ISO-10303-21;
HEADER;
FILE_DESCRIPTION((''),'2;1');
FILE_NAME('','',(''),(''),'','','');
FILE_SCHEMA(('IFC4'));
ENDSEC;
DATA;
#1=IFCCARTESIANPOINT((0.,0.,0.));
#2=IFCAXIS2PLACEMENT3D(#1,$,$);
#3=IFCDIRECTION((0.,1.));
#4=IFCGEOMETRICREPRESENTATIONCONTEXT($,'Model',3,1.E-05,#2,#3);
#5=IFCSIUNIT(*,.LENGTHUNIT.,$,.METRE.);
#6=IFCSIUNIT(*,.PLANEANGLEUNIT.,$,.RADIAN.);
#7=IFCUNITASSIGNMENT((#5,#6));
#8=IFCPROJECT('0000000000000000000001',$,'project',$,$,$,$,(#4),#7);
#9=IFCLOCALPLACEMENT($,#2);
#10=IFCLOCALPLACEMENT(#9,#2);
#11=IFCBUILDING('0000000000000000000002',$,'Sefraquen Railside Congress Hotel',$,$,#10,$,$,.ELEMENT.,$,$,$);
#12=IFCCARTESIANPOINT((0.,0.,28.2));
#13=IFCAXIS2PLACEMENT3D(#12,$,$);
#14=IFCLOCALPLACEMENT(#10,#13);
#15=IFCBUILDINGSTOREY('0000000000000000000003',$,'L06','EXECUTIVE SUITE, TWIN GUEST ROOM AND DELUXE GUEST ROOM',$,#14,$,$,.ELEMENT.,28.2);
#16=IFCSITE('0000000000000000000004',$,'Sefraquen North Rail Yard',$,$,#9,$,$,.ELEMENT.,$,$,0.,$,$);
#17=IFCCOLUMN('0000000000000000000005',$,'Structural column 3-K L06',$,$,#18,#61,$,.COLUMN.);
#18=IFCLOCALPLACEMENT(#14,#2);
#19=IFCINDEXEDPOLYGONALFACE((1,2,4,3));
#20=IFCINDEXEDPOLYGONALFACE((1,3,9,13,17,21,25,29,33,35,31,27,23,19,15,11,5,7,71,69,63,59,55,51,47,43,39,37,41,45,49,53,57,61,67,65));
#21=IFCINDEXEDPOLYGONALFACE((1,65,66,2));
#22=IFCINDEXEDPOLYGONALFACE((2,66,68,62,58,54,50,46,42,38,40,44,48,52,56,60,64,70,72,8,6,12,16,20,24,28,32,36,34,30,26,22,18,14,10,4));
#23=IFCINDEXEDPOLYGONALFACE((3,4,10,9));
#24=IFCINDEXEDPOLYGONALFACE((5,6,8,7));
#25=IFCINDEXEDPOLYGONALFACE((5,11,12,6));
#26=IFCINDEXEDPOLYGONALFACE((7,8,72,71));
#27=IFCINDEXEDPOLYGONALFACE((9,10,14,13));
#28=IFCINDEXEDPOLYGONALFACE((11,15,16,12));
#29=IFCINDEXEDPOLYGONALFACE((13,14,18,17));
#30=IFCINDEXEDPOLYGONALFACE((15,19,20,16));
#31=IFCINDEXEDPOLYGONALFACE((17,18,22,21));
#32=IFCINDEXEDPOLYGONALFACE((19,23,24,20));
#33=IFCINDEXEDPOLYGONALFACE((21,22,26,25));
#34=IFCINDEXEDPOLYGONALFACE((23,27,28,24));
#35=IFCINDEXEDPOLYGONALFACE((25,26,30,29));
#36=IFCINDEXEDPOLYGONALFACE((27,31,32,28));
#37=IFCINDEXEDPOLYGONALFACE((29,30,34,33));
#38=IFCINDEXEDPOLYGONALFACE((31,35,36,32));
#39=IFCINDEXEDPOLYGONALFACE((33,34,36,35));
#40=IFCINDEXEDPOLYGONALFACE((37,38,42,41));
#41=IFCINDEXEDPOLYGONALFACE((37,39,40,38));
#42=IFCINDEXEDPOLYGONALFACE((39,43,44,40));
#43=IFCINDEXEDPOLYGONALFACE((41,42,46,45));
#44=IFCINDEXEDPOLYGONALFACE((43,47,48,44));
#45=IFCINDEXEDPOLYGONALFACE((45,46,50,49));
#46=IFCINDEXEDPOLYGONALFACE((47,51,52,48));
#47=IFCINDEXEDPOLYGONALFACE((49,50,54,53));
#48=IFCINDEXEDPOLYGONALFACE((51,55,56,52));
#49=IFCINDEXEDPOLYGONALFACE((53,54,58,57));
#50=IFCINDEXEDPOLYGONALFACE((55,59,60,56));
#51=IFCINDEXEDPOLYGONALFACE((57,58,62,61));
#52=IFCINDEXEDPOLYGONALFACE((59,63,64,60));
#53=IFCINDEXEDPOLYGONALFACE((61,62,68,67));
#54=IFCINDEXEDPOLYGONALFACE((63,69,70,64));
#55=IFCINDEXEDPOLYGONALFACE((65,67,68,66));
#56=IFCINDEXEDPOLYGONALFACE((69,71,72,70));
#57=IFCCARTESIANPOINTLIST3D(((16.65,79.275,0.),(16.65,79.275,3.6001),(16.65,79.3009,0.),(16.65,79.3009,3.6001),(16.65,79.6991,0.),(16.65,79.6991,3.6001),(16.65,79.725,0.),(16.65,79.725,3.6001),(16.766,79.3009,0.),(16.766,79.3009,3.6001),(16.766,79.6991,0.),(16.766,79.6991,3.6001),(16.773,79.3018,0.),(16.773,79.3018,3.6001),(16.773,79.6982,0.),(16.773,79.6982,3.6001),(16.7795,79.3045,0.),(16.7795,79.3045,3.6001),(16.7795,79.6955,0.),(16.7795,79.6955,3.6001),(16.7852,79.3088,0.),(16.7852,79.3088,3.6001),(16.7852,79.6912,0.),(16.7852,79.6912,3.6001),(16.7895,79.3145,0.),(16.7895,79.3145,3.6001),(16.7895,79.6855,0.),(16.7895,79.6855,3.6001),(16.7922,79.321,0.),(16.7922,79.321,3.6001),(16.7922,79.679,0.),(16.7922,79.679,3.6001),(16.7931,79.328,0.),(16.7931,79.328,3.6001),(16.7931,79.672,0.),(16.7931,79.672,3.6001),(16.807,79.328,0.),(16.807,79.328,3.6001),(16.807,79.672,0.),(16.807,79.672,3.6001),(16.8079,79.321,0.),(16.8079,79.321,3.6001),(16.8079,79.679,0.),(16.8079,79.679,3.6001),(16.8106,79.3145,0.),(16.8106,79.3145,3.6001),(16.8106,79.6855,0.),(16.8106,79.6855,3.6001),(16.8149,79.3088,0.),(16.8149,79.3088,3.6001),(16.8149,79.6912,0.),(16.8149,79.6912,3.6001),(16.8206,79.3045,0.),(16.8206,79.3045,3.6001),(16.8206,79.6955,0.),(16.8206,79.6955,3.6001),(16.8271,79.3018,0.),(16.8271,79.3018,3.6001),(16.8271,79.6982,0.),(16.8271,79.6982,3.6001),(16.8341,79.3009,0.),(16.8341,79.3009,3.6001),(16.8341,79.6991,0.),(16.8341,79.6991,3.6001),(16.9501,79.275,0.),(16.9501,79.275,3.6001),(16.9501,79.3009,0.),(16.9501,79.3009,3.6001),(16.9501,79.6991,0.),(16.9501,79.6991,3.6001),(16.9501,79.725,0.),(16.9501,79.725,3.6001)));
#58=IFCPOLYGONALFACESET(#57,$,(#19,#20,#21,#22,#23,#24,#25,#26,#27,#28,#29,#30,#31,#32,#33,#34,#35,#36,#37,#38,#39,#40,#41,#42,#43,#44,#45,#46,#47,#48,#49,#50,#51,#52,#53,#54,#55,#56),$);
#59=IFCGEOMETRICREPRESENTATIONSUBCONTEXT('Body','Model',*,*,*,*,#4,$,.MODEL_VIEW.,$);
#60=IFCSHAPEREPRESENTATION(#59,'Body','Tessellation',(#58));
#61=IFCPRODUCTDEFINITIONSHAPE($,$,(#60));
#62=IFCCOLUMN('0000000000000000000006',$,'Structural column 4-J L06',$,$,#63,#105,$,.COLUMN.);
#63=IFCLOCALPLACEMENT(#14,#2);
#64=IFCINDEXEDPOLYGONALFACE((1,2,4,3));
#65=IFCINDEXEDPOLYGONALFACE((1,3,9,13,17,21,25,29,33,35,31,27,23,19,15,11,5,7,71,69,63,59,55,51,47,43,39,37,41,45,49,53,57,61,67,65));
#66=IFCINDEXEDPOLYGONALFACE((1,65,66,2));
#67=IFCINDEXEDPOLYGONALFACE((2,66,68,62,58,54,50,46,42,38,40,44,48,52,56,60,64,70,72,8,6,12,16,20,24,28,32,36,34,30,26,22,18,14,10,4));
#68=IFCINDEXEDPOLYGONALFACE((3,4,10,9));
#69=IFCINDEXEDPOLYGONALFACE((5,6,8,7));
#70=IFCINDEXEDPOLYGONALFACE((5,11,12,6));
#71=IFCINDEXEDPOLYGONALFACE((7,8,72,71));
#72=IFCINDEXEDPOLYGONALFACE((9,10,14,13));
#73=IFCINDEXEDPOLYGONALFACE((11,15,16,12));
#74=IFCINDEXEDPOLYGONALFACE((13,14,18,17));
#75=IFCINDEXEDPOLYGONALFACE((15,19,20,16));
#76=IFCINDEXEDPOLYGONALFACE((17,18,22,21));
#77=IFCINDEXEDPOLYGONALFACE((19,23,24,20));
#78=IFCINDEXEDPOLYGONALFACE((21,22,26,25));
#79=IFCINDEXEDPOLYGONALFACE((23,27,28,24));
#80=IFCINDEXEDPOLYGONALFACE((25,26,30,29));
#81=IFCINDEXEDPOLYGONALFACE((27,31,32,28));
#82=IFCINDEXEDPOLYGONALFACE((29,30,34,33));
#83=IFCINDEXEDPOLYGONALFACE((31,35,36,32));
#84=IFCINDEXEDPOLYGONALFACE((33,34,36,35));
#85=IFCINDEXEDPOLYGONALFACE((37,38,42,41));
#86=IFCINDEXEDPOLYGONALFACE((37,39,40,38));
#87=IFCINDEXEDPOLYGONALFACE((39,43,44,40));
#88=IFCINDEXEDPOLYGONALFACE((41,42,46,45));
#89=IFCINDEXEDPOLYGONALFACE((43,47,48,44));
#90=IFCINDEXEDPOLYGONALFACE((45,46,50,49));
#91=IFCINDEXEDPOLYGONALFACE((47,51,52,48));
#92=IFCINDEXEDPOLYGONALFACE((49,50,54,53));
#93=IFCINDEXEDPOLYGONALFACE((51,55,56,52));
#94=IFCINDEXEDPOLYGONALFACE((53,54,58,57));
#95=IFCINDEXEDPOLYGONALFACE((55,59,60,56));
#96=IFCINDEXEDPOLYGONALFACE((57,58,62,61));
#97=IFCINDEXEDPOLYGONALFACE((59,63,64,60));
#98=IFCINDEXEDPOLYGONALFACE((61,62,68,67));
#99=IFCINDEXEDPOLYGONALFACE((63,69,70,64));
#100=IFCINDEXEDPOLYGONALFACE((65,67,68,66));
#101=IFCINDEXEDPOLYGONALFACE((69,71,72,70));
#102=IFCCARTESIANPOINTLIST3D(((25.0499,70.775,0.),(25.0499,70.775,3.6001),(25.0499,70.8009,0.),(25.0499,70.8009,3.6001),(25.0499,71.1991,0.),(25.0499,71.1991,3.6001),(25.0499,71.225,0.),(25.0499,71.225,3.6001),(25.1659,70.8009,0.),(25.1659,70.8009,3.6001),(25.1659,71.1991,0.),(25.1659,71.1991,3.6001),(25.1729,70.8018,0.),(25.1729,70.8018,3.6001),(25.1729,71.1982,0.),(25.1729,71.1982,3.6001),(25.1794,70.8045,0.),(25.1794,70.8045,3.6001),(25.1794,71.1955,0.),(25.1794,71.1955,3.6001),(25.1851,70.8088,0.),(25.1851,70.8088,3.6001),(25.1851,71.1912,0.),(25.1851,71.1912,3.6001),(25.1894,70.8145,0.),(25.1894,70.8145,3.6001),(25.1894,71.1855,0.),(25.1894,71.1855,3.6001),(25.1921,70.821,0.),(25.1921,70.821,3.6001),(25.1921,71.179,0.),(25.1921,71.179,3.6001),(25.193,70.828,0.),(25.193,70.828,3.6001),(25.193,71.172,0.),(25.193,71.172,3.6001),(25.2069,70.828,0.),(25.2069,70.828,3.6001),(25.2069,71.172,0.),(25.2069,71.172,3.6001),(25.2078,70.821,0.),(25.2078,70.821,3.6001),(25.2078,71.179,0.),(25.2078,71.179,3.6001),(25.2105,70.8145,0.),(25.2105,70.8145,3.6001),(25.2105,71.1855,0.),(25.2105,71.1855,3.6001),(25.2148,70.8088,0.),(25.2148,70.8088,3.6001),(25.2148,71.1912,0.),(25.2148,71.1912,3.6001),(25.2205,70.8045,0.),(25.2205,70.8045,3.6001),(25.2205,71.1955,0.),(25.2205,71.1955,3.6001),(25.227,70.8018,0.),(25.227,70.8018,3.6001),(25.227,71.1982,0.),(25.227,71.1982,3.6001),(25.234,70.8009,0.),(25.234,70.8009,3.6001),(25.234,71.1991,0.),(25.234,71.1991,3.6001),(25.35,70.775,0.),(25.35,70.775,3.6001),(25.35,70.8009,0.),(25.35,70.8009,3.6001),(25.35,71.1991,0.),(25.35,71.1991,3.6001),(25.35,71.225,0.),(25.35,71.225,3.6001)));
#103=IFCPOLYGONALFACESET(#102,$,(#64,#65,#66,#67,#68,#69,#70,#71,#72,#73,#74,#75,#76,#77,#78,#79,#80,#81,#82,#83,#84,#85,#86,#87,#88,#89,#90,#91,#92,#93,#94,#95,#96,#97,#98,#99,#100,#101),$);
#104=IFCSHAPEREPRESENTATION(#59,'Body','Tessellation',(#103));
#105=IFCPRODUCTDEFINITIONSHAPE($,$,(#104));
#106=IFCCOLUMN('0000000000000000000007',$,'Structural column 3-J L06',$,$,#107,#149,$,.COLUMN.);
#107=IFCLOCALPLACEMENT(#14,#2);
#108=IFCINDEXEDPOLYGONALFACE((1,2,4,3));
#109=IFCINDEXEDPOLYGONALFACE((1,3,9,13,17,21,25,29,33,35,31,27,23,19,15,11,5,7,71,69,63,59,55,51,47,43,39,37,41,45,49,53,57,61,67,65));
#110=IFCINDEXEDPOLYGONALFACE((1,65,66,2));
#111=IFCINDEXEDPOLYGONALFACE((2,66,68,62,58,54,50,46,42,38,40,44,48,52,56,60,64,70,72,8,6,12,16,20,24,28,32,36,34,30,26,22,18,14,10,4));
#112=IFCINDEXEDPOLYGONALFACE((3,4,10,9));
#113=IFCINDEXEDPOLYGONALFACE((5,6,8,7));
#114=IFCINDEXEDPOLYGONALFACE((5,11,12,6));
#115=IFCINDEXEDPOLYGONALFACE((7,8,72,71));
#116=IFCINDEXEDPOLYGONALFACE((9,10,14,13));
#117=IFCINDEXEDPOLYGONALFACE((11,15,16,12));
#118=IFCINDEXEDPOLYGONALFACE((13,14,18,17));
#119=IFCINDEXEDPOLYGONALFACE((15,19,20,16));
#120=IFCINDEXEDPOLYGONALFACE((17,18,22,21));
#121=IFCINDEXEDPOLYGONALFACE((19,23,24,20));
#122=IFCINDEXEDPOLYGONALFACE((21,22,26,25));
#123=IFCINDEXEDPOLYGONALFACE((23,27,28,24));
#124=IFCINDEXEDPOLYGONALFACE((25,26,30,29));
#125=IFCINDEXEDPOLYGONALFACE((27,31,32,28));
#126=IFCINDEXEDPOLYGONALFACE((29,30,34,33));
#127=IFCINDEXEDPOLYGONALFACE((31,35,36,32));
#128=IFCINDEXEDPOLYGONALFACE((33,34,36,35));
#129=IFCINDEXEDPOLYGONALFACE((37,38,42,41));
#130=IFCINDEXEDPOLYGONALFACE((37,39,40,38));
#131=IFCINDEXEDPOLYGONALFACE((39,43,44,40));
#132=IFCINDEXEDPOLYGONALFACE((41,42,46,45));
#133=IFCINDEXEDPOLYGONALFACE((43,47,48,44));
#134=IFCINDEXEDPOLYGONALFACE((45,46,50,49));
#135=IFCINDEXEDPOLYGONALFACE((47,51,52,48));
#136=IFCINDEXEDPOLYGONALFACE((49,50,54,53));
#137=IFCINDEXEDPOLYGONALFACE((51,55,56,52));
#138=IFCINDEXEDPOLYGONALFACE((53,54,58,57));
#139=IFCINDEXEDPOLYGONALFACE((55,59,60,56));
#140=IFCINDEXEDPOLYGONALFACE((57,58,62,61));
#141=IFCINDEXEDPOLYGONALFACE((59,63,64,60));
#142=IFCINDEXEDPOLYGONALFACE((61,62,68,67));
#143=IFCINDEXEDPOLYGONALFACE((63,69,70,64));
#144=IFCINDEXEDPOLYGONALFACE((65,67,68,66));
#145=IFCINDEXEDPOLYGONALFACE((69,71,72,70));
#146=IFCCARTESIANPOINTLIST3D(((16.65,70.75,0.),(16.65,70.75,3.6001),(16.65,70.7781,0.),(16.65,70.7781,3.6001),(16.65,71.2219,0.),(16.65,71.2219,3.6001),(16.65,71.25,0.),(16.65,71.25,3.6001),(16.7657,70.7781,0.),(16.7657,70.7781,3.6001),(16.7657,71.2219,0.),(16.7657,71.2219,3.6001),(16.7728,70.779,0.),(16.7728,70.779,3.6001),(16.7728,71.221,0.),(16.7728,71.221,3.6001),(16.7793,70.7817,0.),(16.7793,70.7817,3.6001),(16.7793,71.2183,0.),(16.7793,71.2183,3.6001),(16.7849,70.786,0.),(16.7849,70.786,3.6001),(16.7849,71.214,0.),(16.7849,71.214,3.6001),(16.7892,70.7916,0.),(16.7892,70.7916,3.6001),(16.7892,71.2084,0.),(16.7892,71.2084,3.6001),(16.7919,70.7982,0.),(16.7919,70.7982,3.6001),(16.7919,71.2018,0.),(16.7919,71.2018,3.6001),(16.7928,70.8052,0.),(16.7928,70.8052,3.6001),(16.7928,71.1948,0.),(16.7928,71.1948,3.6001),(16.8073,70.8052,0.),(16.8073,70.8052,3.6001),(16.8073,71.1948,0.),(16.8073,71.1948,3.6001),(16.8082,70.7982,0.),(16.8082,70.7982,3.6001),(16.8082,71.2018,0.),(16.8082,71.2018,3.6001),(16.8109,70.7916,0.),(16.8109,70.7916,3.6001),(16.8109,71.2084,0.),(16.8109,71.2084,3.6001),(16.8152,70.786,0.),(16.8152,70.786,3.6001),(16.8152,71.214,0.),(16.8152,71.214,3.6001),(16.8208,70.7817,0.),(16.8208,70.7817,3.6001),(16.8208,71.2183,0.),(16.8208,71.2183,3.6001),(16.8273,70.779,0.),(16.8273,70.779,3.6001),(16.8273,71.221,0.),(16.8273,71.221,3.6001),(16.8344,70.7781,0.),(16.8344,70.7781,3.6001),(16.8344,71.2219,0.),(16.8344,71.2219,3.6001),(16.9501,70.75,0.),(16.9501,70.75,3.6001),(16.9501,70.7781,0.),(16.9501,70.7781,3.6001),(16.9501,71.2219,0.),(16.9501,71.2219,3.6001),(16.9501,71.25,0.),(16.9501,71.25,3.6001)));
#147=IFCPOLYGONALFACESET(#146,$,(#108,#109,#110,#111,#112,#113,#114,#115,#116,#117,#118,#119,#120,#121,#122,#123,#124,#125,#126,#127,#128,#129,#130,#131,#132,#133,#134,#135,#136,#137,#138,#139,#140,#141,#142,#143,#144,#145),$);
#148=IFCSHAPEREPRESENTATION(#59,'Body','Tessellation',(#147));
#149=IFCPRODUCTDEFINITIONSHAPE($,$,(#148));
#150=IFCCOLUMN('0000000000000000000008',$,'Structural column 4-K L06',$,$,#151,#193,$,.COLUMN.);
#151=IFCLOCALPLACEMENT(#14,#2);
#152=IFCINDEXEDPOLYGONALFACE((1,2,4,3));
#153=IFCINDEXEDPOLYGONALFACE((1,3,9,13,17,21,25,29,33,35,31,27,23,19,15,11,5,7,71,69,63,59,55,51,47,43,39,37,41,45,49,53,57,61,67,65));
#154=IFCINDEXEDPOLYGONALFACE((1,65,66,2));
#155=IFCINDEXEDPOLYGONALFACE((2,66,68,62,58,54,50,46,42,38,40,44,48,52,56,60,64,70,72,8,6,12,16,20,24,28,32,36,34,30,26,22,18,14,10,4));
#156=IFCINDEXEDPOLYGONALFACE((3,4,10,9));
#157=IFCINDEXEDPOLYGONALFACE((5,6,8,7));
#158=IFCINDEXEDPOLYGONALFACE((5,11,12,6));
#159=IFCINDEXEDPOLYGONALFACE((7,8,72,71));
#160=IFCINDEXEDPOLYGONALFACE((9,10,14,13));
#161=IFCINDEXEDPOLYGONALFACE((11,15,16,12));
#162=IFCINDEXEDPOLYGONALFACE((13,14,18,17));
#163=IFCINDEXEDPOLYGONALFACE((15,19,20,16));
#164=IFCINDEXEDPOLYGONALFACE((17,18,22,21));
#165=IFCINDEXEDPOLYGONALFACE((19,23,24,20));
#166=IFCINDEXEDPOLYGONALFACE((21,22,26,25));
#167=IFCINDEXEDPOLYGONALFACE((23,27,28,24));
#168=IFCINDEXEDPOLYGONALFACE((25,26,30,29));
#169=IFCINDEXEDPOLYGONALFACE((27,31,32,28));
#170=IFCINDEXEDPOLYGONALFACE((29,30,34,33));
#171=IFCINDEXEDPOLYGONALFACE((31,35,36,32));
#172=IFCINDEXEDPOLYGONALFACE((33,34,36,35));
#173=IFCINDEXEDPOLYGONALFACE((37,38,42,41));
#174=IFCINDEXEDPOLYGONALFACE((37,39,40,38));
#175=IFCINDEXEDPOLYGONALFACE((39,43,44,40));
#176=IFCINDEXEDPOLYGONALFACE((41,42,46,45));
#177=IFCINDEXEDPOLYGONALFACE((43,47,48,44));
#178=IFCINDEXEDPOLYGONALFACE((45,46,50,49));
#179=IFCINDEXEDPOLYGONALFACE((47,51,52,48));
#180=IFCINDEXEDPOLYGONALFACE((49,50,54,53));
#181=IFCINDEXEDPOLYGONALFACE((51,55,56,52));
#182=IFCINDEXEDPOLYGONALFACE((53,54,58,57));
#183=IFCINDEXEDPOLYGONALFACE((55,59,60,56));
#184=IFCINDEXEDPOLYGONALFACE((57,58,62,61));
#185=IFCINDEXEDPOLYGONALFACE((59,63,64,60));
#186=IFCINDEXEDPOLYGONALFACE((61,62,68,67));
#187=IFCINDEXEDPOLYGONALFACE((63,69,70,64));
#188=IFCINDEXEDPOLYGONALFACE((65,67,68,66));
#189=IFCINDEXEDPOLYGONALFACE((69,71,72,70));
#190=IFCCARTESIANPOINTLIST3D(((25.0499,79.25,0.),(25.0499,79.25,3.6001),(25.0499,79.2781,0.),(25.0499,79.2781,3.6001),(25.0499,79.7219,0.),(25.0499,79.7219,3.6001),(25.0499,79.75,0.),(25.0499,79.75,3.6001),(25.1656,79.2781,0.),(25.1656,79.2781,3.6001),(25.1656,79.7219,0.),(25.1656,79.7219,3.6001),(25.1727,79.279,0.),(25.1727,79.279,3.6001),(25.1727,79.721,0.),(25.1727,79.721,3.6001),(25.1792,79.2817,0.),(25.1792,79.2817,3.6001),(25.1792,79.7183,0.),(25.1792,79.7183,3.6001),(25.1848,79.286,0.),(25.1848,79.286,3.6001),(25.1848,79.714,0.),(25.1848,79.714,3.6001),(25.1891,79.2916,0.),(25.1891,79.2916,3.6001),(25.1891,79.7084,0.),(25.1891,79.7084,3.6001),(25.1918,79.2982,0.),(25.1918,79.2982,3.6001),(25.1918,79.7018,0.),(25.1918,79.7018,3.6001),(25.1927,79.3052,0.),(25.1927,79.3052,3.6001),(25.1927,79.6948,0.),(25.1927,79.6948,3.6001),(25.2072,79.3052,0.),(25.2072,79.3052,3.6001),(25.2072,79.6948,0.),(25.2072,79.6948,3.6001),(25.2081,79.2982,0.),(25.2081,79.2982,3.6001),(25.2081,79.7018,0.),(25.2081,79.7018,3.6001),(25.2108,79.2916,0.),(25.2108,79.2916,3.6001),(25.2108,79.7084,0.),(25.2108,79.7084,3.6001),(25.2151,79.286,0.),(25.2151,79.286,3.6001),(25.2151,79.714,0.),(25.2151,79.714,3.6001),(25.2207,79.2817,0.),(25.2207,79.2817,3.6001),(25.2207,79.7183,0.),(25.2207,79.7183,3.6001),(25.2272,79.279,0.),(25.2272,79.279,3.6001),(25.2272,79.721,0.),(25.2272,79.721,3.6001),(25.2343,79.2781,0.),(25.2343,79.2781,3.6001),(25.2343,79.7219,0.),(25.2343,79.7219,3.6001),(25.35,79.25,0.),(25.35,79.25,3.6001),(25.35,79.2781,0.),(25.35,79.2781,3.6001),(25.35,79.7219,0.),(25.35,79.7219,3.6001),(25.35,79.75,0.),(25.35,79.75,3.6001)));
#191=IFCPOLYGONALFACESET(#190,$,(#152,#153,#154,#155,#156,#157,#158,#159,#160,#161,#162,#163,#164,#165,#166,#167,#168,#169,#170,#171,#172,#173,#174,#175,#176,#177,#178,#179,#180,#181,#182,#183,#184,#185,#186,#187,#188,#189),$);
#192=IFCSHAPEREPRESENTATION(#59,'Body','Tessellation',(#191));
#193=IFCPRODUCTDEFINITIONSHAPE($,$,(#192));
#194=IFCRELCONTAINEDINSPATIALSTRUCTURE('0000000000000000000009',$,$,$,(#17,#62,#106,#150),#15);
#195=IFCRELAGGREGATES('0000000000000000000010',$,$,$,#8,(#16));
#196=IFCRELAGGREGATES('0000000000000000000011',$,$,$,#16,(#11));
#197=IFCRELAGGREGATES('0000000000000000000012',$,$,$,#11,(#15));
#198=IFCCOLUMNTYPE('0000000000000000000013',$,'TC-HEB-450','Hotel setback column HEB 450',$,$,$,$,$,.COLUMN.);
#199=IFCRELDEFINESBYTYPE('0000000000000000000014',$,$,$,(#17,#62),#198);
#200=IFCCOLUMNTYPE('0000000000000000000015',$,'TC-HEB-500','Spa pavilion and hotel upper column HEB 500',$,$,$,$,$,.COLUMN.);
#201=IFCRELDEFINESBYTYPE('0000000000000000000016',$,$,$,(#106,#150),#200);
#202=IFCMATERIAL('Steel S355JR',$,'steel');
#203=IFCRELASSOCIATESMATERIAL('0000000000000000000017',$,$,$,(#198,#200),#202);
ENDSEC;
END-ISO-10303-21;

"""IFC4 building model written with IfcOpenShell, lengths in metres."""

from ifc_helpers import new_model, si_unit, direction, frame, origin, origin_2d, place, context, subcontext, project, spatial, i_section, extrude, material, material_profile, profile_set, type_object, element, save


model = new_model("IFC4")

# Units and contexts
model_context = context("Model", 3, precision=1e-05, world=origin(), true_north=direction((0.0, 1.0)))
body_context = subcontext(model_context, "Body", "Model", "MODEL_VIEW")
ifc_project = project(units=[si_unit("LENGTHUNIT", "METRE"), si_unit("PLANEANGLEUNIT", "RADIAN")], contexts=[model_context])

# Site, building, storey
site_placement = place(None, origin())
site = spatial("IfcSite", under=ifc_project, at=site_placement, Name="Sefraquen North Rail Yard", CompositionType="ELEMENT", RefElevation=0.0)
building_placement = place(site_placement, origin())
building = spatial("IfcBuilding", under=site, at=building_placement, Name="Sefraquen Railside Congress Hotel", CompositionType="ELEMENT")
storey_placement = place(building_placement, frame((0.0, 0.0, 28.2)))
storey = spatial("IfcBuildingStorey", under=building, at=storey_placement, Name="L06", Description="EXECUTIVE SUITE, TWIN GUEST ROOM AND DELUXE GUEST ROOM", CompositionType="ELEMENT", Elevation=28.2)

# Columns
ifc_material_1 = material(Name="Steel S355JR", Category="steel")
ifc_material_profile_1 = material_profile(ifc_material_1, i_section(OverallWidth=0.3, OverallDepth=0.45, WebThickness=0.0139, FlangeThickness=0.0259, FilletRadius=0.0271, at=origin_2d()), Name="HEB 450")
ifc_profile_set_1 = profile_set([ifc_material_profile_1], Name="Steel S355JR")
column_type_1 = type_object("IfcColumnType", Name="TC-HEB-450", Description="Hotel setback column HEB 450", PredefinedType="COLUMN", material=ifc_profile_set_1)
for number, where, z_axis, x_axis, name in (
    (1, (16.8, 79.5, 0.0), (0.0, 0.0, 1.0), (1.0, 0.0, 0.0), "Structural column 3-K L06"),
    (2, (25.2, 71.0, 0.0), (0.0, 0.0, 1.0), (1.0, 0.0, 0.0), "Structural column 4-J L06"),
):
    element("IfcColumn", number, at=place(storey_placement, frame(where, z_axis=z_axis, x_axis=x_axis)), inside=storey, type_object=column_type_1, Name=name, PredefinedType="COLUMN", context=body_context, shape_type="SweptSolid", body=[
        extrude(i_section(OverallWidth=0.3, OverallDepth=0.45, WebThickness=0.0139, FlangeThickness=0.0259, FilletRadius=0.0271, at=origin_2d()), origin(), (0.0, 0.0, 1.0), 3.6001),
    ])
ifc_material_profile_2 = material_profile(ifc_material_1, i_section(OverallWidth=0.3, OverallDepth=0.5, WebThickness=0.0144, FlangeThickness=0.0281, FilletRadius=0.0271, at=origin_2d()), Name="HEB 500")
ifc_profile_set_2 = profile_set([ifc_material_profile_2], Name="Steel S355JR")
column_type_2 = type_object("IfcColumnType", Name="TC-HEB-500", Description="Spa pavilion and hotel upper column HEB 500", PredefinedType="COLUMN", material=ifc_profile_set_2)
for number, where, z_axis, x_axis, name in (
    (3, (16.8, 71.0, 0.0), (0.0, 0.0, 1.0), (1.0, 0.0, 0.0), "Structural column 3-J L06"),
    (4, (25.2, 79.5, 0.0), (0.0, 0.0, 1.0), (1.0, 0.0, 0.0), "Structural column 4-K L06"),
):
    element("IfcColumn", number, at=place(storey_placement, frame(where, z_axis=z_axis, x_axis=x_axis)), inside=storey, type_object=column_type_2, Name=name, PredefinedType="COLUMN", context=body_context, shape_type="SweptSolid", body=[
        extrude(i_section(OverallWidth=0.3, OverallDepth=0.5, WebThickness=0.0144, FlangeThickness=0.0281, FilletRadius=0.0271, at=origin_2d()), origin(), (0.0, 0.0, 1.0), 3.6001),
    ])

save(model, "model.ifc")
